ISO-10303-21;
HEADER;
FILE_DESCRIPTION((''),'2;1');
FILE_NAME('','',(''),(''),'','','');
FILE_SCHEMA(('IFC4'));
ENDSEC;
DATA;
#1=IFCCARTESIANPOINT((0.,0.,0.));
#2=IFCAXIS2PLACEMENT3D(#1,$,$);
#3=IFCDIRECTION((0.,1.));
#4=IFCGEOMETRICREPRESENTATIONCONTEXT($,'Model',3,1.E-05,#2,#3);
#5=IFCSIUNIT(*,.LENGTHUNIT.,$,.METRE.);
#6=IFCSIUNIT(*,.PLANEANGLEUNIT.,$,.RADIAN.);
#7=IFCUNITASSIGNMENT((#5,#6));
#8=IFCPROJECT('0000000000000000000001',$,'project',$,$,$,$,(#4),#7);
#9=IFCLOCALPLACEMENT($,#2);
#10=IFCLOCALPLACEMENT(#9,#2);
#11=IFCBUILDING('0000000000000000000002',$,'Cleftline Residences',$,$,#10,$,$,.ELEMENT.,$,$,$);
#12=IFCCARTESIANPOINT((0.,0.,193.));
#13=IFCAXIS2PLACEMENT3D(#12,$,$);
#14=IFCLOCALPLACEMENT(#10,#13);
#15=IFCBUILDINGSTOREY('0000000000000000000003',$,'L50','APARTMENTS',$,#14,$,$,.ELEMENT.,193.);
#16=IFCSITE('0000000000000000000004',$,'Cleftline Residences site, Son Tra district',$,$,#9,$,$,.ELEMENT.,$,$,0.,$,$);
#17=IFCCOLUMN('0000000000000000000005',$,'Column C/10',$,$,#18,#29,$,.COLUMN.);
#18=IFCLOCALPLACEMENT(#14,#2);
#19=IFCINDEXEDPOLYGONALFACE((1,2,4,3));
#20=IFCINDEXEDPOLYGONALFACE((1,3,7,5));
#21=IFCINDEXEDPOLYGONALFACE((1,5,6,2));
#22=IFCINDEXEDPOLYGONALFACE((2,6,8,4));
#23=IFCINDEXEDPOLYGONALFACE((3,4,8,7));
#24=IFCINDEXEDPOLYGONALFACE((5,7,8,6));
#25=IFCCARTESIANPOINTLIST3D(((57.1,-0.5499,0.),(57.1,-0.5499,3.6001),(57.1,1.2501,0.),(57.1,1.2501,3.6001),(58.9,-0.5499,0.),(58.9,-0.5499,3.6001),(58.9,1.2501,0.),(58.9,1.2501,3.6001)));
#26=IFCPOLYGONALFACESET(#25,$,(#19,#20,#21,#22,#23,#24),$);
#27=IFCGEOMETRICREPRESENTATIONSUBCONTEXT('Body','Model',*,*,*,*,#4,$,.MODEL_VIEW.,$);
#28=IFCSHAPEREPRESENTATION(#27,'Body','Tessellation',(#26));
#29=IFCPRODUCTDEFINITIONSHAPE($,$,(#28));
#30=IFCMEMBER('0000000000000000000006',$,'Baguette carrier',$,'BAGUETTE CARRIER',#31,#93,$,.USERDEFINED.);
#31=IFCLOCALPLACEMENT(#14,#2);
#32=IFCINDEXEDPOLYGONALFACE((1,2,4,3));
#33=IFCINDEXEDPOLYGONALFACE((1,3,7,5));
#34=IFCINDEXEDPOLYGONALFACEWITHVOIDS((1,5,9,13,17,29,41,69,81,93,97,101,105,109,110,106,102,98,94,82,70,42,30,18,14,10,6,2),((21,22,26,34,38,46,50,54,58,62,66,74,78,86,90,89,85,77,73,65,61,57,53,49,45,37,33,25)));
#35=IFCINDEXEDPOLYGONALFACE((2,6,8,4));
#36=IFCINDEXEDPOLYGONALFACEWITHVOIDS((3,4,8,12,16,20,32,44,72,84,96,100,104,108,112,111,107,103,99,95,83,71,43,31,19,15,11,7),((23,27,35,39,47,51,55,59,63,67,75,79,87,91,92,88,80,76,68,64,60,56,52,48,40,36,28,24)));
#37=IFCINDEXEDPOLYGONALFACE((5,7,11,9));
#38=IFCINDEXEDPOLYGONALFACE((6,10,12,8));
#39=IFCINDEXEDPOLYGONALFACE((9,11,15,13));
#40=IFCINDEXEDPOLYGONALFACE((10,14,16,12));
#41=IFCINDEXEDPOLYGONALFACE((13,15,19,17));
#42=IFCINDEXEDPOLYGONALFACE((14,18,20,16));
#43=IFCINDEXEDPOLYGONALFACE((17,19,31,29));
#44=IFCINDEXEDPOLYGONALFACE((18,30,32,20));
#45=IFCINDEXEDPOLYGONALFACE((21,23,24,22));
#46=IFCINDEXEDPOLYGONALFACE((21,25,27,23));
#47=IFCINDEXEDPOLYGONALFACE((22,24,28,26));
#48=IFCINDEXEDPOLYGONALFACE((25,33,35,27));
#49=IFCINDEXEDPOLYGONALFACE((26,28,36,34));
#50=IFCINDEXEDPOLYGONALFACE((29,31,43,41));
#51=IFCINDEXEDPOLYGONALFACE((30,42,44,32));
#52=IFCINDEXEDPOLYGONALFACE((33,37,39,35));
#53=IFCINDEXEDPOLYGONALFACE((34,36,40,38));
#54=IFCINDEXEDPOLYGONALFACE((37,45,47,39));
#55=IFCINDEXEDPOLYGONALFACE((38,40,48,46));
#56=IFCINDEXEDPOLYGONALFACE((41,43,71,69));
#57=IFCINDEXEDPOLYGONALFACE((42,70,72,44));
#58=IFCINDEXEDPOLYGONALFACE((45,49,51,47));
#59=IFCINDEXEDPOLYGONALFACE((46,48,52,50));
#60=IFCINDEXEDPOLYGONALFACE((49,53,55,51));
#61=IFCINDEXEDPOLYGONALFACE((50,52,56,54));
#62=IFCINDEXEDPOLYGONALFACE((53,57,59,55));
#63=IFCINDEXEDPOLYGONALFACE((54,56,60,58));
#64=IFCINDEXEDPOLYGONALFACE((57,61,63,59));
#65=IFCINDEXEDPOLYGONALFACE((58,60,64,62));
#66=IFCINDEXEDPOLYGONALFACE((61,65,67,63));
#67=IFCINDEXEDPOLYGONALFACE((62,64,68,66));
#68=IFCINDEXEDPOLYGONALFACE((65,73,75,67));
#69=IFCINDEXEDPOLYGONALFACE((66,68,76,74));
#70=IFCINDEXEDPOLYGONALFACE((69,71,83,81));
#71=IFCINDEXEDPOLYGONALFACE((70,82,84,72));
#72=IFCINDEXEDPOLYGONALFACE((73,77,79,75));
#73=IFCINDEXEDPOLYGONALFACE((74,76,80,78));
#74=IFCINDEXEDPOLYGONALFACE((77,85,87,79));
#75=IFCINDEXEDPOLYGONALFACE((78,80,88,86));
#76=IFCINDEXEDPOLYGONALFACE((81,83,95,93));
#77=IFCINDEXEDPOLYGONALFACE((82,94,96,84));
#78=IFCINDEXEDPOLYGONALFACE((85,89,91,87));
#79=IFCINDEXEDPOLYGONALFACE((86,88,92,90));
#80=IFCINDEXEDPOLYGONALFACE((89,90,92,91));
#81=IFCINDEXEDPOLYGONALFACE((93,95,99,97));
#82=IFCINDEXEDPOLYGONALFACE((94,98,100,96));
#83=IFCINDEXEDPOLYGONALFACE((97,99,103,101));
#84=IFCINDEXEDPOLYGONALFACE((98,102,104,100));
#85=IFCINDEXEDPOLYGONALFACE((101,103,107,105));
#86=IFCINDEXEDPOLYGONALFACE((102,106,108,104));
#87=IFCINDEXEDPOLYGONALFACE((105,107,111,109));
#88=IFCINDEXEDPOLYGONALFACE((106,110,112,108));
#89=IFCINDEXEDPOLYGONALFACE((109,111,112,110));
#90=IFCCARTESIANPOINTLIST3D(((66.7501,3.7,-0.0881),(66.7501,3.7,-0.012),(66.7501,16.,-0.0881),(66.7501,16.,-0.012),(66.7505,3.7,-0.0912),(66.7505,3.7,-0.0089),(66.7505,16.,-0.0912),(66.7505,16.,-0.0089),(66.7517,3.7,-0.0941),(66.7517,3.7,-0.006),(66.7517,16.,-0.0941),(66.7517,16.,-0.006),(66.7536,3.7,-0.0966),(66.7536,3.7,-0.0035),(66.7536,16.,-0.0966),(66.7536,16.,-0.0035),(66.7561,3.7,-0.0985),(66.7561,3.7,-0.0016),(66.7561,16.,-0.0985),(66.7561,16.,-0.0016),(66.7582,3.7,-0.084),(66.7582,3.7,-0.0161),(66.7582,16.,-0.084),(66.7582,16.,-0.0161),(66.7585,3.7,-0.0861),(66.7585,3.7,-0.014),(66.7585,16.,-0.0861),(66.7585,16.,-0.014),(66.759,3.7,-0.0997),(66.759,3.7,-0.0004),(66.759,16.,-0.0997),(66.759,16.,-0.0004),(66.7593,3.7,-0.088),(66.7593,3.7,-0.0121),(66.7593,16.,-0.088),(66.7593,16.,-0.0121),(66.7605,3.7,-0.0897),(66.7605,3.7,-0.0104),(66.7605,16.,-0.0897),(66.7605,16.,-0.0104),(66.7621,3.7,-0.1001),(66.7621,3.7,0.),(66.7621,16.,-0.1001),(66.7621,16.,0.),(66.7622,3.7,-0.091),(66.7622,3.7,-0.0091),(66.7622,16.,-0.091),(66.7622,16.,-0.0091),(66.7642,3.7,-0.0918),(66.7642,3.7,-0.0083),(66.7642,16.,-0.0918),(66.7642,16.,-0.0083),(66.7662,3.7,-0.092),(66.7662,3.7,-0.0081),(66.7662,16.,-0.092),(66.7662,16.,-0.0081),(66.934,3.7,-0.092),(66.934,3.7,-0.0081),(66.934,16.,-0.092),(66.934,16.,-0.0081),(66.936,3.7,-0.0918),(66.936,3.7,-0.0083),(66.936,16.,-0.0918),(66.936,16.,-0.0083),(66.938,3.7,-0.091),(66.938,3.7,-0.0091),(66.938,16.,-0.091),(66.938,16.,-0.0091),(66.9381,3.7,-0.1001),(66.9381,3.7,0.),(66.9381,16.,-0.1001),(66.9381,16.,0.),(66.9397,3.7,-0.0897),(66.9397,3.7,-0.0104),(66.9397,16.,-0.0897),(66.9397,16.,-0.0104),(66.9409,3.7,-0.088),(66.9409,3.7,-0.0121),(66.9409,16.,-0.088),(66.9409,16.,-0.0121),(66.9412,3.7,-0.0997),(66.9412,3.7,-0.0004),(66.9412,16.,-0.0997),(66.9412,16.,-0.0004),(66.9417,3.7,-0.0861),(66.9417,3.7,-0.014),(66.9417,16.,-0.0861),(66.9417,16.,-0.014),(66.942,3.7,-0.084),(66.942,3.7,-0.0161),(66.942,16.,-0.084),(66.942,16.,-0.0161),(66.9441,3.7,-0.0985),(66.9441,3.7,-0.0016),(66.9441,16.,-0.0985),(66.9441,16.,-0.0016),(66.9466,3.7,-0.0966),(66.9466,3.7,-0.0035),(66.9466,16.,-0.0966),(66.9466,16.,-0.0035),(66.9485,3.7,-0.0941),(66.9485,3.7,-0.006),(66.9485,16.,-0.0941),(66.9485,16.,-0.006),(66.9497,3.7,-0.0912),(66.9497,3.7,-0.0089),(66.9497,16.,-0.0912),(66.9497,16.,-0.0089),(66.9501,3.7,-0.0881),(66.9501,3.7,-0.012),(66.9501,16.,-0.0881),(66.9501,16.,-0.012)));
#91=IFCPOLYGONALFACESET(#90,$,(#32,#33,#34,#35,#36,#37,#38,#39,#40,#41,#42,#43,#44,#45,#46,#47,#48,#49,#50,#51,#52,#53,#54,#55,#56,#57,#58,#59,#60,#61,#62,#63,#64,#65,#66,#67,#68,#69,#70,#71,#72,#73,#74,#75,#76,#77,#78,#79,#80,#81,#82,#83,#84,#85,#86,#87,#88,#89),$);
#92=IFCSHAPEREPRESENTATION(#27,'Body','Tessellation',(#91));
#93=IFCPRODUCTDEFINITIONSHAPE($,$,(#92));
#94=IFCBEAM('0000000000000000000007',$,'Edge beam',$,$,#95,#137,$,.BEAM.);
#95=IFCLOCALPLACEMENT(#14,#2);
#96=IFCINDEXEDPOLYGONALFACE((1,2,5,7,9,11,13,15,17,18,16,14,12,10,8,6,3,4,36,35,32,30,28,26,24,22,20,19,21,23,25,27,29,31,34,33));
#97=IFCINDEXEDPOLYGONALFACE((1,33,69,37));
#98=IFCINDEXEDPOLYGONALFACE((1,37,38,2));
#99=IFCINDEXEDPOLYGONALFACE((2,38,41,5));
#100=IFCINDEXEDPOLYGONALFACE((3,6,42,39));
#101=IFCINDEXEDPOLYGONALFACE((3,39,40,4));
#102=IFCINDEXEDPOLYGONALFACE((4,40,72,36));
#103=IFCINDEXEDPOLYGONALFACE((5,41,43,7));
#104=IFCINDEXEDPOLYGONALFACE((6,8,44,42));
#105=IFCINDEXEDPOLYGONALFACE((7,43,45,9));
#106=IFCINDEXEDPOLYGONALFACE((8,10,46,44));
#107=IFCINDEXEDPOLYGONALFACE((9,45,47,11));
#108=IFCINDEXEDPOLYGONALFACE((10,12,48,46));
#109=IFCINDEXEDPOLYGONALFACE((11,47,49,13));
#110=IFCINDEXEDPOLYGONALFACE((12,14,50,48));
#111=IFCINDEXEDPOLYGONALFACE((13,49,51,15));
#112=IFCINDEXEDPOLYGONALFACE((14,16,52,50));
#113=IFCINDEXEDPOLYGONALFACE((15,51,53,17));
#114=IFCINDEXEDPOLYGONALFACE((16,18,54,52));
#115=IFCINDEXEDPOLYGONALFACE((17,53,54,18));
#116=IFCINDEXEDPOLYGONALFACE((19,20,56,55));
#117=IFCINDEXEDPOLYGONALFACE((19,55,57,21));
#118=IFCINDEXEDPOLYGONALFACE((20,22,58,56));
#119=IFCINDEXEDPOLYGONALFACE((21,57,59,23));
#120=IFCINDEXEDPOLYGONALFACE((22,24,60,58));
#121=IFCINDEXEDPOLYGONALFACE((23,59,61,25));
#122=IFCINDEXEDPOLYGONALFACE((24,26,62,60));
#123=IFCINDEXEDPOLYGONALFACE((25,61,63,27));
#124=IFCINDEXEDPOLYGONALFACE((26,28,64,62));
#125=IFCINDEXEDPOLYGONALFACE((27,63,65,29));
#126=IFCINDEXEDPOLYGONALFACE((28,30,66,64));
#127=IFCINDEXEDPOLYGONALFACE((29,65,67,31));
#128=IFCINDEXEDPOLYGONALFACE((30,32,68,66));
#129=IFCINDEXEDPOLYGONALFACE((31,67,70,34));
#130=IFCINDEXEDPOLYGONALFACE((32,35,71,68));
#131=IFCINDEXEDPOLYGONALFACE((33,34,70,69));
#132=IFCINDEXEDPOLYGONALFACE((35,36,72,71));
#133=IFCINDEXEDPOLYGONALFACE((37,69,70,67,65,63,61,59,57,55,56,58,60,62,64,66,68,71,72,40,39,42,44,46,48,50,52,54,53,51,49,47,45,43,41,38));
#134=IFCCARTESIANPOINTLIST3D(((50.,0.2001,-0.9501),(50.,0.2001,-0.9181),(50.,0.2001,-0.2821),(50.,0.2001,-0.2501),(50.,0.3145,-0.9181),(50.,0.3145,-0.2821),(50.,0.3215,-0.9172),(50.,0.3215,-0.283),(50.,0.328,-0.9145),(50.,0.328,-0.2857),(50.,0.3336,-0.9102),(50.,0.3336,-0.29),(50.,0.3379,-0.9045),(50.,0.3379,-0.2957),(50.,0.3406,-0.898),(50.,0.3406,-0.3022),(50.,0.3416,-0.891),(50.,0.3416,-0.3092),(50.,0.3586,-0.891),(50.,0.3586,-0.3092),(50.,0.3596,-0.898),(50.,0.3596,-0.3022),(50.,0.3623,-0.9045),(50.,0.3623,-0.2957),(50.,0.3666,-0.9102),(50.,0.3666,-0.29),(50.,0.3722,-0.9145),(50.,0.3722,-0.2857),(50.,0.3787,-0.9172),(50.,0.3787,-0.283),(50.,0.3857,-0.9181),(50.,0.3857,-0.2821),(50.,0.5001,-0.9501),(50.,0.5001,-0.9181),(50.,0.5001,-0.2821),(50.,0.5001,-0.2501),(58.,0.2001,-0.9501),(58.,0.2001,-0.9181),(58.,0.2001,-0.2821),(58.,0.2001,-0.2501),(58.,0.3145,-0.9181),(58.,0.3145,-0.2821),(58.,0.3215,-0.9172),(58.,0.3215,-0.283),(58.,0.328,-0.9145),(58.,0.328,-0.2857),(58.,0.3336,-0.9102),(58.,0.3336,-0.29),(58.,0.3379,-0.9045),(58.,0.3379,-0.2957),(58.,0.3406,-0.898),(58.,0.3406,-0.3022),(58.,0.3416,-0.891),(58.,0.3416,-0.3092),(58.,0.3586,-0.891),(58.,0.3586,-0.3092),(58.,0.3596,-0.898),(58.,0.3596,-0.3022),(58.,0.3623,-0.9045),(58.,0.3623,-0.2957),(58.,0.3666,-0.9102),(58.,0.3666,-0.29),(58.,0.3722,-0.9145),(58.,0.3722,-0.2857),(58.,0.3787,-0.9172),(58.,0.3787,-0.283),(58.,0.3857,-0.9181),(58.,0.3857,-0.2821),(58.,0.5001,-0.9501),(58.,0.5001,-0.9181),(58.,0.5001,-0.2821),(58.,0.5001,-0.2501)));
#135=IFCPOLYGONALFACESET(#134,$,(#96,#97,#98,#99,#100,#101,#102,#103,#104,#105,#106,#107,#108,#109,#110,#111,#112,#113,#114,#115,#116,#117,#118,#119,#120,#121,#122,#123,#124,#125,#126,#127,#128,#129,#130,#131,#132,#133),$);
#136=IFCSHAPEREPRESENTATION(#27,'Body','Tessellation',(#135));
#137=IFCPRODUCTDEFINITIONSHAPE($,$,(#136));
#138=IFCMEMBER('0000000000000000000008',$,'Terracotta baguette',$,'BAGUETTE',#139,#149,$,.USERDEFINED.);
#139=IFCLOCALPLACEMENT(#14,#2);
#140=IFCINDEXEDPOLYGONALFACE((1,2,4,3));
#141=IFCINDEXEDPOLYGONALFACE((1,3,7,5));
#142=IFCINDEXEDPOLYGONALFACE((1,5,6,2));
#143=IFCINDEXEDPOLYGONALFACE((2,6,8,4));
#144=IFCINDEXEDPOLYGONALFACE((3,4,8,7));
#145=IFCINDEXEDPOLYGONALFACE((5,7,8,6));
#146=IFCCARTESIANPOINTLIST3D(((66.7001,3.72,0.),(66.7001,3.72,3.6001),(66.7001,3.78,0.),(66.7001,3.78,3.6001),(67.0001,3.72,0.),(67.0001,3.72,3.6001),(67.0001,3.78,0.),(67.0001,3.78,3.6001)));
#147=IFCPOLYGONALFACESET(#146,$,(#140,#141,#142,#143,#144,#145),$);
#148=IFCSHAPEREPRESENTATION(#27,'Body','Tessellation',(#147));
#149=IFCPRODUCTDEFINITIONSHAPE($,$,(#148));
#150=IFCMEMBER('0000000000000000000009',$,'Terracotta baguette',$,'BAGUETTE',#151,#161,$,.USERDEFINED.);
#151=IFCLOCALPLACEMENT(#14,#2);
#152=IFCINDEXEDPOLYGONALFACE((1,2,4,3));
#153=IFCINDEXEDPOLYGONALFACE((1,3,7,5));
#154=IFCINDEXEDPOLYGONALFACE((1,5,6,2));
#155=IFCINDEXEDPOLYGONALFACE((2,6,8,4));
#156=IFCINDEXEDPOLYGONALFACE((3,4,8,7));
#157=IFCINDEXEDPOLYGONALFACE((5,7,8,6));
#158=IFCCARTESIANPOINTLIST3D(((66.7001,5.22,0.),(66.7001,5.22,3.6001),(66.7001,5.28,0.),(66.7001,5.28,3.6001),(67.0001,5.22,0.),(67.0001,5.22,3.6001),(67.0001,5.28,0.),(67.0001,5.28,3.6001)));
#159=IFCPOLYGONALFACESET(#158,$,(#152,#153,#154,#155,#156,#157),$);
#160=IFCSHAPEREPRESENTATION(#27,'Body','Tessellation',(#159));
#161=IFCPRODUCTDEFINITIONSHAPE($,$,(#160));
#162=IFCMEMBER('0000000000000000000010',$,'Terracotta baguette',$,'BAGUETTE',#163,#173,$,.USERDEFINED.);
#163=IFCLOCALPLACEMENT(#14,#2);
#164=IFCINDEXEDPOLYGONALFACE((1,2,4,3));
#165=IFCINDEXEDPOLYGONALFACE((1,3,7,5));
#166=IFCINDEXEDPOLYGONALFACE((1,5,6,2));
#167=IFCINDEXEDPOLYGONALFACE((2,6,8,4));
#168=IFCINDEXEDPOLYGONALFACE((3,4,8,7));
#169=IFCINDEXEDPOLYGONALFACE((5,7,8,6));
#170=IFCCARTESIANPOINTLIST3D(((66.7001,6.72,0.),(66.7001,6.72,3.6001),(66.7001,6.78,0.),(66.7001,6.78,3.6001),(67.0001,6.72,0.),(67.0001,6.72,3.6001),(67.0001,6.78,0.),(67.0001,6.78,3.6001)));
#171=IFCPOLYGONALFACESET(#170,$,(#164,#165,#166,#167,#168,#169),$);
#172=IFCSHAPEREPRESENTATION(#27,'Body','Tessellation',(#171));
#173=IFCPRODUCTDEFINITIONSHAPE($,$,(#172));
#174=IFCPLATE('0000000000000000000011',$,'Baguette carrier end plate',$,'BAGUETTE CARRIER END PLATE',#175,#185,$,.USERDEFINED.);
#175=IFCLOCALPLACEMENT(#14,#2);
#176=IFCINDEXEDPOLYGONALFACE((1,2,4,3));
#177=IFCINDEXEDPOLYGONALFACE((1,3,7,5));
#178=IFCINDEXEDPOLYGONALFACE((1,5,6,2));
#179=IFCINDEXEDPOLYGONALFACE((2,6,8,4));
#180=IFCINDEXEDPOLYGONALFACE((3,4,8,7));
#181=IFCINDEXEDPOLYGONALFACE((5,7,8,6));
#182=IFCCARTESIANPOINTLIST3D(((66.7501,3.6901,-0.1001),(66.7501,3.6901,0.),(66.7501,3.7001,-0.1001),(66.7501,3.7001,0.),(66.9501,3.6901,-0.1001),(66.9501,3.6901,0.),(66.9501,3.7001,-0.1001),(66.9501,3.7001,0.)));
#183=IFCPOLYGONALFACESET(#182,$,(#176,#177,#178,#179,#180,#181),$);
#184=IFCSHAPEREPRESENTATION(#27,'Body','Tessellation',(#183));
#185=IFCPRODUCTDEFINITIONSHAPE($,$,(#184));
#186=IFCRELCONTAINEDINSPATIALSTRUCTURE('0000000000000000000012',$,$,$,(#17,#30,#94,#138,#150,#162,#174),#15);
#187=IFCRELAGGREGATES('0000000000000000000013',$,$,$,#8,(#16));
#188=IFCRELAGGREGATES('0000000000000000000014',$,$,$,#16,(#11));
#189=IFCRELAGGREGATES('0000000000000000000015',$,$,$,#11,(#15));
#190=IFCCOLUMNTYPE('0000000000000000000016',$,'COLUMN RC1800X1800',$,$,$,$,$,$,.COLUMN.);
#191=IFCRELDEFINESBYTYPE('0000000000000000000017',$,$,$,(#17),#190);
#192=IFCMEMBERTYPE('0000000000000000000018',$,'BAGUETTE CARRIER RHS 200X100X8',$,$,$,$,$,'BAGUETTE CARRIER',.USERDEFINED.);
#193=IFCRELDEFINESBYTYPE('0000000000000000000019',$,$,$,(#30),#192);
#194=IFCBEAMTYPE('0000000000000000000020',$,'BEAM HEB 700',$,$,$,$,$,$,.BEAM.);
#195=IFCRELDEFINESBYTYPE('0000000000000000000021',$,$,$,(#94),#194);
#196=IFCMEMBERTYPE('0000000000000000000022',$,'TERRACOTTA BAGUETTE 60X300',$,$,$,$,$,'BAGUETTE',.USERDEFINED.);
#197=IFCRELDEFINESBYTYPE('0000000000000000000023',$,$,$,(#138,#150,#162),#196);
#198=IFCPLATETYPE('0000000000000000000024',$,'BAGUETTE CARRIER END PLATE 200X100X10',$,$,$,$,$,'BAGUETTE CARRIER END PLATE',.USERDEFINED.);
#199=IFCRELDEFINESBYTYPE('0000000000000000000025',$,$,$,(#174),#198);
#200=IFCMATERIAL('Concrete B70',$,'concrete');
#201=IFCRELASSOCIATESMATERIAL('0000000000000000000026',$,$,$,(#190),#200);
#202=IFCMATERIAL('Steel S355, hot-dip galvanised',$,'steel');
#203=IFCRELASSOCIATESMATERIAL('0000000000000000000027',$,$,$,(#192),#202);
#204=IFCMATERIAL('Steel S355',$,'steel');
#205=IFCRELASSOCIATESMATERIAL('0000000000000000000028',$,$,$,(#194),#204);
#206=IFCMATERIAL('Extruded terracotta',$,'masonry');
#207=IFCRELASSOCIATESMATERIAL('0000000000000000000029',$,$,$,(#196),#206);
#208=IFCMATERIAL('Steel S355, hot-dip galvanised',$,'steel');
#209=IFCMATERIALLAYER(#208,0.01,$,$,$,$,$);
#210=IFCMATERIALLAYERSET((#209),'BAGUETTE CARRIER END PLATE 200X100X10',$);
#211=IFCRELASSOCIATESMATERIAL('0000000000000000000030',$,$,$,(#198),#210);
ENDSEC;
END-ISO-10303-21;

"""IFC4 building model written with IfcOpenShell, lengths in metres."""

from ifc_helpers import new_model, si_unit, direction, frame, origin, origin_2d, place, context, subcontext, project, spatial, rectangle, hollow_rectangle, i_section, extrude, material, layer, layer_set, material_profile, profile_set, type_object, element, save


model = new_model("IFC4")

# Units and contexts
model_context = context("Model", 3, precision=1e-05, world=origin(), true_north=direction((0.0, 1.0)))
body_context = subcontext(model_context, "Body", "Model", "MODEL_VIEW")
ifc_project = project(units=[si_unit("LENGTHUNIT", "METRE"), si_unit("PLANEANGLEUNIT", "RADIAN")], contexts=[model_context])

# Site, building, storey
site_placement = place(None, origin())
site = spatial("IfcSite", under=ifc_project, at=site_placement, Name="Cleftline Residences site, Son Tra district", CompositionType="ELEMENT", RefElevation=0.0)
building_placement = place(site_placement, origin())
building = spatial("IfcBuilding", under=site, at=building_placement, Name="Cleftline Residences", CompositionType="ELEMENT")
storey_placement = place(building_placement, frame((0.0, 0.0, 193.0)))
storey = spatial("IfcBuildingStorey", under=building, at=storey_placement, Name="L50", Description="APARTMENTS", CompositionType="ELEMENT", Elevation=193.0)

# Column
ifc_material_1 = material(Name="Concrete B70", Category="concrete")
ifc_material_profile_1 = material_profile(ifc_material_1, rectangle(XDim=1.8, YDim=1.8, at=origin_2d()))
ifc_profile_set_1 = profile_set([ifc_material_profile_1], Name="Concrete B70")
column_type = type_object("IfcColumnType", Name="COLUMN RC1800X1800", PredefinedType="COLUMN", material=ifc_profile_set_1)
column_placement = place(storey_placement, frame((58.0, 0.3501, 0.0), z_axis=(0.0, 0.0, 1.0), x_axis=(1.0, 0.0, 0.0)))
element("IfcColumn", 1, at=column_placement, inside=storey, type_object=column_type, Name="Column C/10", PredefinedType="COLUMN", context=body_context, shape_type="SweptSolid", body=[
    extrude(rectangle(XDim=1.8, YDim=1.8, at=origin_2d()), origin(), (0.0, 0.0, 1.0), 3.6001),
])

# Member
ifc_material_2 = material(Name="Steel S355, hot-dip galvanised", Category="steel")
ifc_material_profile_2 = material_profile(ifc_material_2, hollow_rectangle(XDim=0.1001, YDim=0.2, WallThickness=0.0081, InnerFilletRadius=0.0081, OuterFilletRadius=0.012, at=origin_2d()))
ifc_profile_set_2 = profile_set([ifc_material_profile_2], Name="Steel S355, hot-dip galvanised")
member_type_1 = type_object("IfcMemberType", Name="BAGUETTE CARRIER RHS 200X100X8", ElementType="BAGUETTE CARRIER", PredefinedType="USERDEFINED", material=ifc_profile_set_2)
member_placement = place(storey_placement, frame((66.8501, 3.7, -0.05), z_axis=(0.0, 1.0, 0.0), x_axis=(0.0, 0.0, 1.0)))
element("IfcMember", 2, at=member_placement, inside=storey, type_object=member_type_1, Name="Baguette carrier", ObjectType="BAGUETTE CARRIER", PredefinedType="USERDEFINED", context=body_context, shape_type="SweptSolid", body=[
    extrude(hollow_rectangle(XDim=0.1001, YDim=0.2, WallThickness=0.0081, InnerFilletRadius=0.0081, OuterFilletRadius=0.012, at=origin_2d()), origin(), (0.0, 0.0, 1.0), 12.3),
])

# Beam
ifc_material_3 = material(Name="Steel S355", Category="steel")
ifc_material_profile_3 = material_profile(ifc_material_3, i_section(OverallWidth=0.3, OverallDepth=0.7, WebThickness=0.0171, FlangeThickness=0.032, FilletRadius=0.0271, at=origin_2d()))
ifc_profile_set_3 = profile_set([ifc_material_profile_3], Name="Steel S355")
beam_type = type_object("IfcBeamType", Name="BEAM HEB 700", PredefinedType="BEAM", material=ifc_profile_set_3)
beam_placement = place(storey_placement, frame((58.0, 0.3501, -0.6001), z_axis=(-1.0, 0.0, 0.0), x_axis=(0.0, -1.0, 0.0)))
element("IfcBeam", 3, at=beam_placement, inside=storey, type_object=beam_type, Name="Edge beam", PredefinedType="BEAM", context=body_context, shape_type="SweptSolid", body=[
    extrude(i_section(OverallWidth=0.3, OverallDepth=0.7, WebThickness=0.0171, FlangeThickness=0.032, FilletRadius=0.0271, at=origin_2d()), origin(), (0.0, 0.0, 1.0), 8.0),
])

# Members
ifc_material_4 = material(Name="Extruded terracotta", Category="masonry")
ifc_material_profile_4 = material_profile(ifc_material_4, rectangle(XDim=0.0601, YDim=0.3, at=origin_2d()))
ifc_profile_set_4 = profile_set([ifc_material_profile_4], Name="Extruded terracotta")
member_type_2 = type_object("IfcMemberType", Name="TERRACOTTA BAGUETTE 60X300", ElementType="BAGUETTE", PredefinedType="USERDEFINED", material=ifc_profile_set_4)
for number, where, z_axis, x_axis, name in (
    (4, (66.8501, 3.75, 0.0), (0.0, 0.0, 1.0), (0.0, 1.0, 0.0), "Terracotta baguette"),
    (5, (66.8501, 5.25, 0.0), (0.0, 0.0, 1.0), (0.0, 1.0, 0.0), "Terracotta baguette"),
    (6, (66.8501, 6.75, 0.0), (0.0, 0.0, 1.0), (0.0, 1.0, 0.0), "Terracotta baguette"),
):
    element("IfcMember", number, at=place(storey_placement, frame(where, z_axis=z_axis, x_axis=x_axis)), inside=storey, type_object=member_type_2, Name=name, ObjectType="BAGUETTE", PredefinedType="USERDEFINED", context=body_context, shape_type="SweptSolid", body=[
        extrude(rectangle(XDim=0.0601, YDim=0.3, at=origin_2d()), origin(), (0.0, 0.0, 1.0), 3.6001),
    ])

# Plate
ifc_material_5 = material(Name="Steel S355, hot-dip galvanised", Category="steel")
ifc_layer_1 = layer(ifc_material_5, 0.01)
ifc_layer_set_1 = layer_set([ifc_layer_1], Name="BAGUETTE CARRIER END PLATE 200X100X10")
plate_type = type_object("IfcPlateType", Name="BAGUETTE CARRIER END PLATE 200X100X10", ElementType="BAGUETTE CARRIER END PLATE", PredefinedType="USERDEFINED", material=ifc_layer_set_1)
plate_placement = place(storey_placement, frame((66.8501, 3.6951, -0.1001), z_axis=(0.0, 0.0, 1.0), x_axis=(1.0, 0.0, 0.0)))
element("IfcPlate", 7, at=plate_placement, inside=storey, type_object=plate_type, Name="Baguette carrier end plate", ObjectType="BAGUETTE CARRIER END PLATE", PredefinedType="USERDEFINED", context=body_context, shape_type="SweptSolid", body=[
    extrude(rectangle(XDim=0.2, YDim=0.01, at=origin_2d()), origin(), (0.0, 0.0, 1.0), 0.1001),
])

save(model, "model.ifc")
